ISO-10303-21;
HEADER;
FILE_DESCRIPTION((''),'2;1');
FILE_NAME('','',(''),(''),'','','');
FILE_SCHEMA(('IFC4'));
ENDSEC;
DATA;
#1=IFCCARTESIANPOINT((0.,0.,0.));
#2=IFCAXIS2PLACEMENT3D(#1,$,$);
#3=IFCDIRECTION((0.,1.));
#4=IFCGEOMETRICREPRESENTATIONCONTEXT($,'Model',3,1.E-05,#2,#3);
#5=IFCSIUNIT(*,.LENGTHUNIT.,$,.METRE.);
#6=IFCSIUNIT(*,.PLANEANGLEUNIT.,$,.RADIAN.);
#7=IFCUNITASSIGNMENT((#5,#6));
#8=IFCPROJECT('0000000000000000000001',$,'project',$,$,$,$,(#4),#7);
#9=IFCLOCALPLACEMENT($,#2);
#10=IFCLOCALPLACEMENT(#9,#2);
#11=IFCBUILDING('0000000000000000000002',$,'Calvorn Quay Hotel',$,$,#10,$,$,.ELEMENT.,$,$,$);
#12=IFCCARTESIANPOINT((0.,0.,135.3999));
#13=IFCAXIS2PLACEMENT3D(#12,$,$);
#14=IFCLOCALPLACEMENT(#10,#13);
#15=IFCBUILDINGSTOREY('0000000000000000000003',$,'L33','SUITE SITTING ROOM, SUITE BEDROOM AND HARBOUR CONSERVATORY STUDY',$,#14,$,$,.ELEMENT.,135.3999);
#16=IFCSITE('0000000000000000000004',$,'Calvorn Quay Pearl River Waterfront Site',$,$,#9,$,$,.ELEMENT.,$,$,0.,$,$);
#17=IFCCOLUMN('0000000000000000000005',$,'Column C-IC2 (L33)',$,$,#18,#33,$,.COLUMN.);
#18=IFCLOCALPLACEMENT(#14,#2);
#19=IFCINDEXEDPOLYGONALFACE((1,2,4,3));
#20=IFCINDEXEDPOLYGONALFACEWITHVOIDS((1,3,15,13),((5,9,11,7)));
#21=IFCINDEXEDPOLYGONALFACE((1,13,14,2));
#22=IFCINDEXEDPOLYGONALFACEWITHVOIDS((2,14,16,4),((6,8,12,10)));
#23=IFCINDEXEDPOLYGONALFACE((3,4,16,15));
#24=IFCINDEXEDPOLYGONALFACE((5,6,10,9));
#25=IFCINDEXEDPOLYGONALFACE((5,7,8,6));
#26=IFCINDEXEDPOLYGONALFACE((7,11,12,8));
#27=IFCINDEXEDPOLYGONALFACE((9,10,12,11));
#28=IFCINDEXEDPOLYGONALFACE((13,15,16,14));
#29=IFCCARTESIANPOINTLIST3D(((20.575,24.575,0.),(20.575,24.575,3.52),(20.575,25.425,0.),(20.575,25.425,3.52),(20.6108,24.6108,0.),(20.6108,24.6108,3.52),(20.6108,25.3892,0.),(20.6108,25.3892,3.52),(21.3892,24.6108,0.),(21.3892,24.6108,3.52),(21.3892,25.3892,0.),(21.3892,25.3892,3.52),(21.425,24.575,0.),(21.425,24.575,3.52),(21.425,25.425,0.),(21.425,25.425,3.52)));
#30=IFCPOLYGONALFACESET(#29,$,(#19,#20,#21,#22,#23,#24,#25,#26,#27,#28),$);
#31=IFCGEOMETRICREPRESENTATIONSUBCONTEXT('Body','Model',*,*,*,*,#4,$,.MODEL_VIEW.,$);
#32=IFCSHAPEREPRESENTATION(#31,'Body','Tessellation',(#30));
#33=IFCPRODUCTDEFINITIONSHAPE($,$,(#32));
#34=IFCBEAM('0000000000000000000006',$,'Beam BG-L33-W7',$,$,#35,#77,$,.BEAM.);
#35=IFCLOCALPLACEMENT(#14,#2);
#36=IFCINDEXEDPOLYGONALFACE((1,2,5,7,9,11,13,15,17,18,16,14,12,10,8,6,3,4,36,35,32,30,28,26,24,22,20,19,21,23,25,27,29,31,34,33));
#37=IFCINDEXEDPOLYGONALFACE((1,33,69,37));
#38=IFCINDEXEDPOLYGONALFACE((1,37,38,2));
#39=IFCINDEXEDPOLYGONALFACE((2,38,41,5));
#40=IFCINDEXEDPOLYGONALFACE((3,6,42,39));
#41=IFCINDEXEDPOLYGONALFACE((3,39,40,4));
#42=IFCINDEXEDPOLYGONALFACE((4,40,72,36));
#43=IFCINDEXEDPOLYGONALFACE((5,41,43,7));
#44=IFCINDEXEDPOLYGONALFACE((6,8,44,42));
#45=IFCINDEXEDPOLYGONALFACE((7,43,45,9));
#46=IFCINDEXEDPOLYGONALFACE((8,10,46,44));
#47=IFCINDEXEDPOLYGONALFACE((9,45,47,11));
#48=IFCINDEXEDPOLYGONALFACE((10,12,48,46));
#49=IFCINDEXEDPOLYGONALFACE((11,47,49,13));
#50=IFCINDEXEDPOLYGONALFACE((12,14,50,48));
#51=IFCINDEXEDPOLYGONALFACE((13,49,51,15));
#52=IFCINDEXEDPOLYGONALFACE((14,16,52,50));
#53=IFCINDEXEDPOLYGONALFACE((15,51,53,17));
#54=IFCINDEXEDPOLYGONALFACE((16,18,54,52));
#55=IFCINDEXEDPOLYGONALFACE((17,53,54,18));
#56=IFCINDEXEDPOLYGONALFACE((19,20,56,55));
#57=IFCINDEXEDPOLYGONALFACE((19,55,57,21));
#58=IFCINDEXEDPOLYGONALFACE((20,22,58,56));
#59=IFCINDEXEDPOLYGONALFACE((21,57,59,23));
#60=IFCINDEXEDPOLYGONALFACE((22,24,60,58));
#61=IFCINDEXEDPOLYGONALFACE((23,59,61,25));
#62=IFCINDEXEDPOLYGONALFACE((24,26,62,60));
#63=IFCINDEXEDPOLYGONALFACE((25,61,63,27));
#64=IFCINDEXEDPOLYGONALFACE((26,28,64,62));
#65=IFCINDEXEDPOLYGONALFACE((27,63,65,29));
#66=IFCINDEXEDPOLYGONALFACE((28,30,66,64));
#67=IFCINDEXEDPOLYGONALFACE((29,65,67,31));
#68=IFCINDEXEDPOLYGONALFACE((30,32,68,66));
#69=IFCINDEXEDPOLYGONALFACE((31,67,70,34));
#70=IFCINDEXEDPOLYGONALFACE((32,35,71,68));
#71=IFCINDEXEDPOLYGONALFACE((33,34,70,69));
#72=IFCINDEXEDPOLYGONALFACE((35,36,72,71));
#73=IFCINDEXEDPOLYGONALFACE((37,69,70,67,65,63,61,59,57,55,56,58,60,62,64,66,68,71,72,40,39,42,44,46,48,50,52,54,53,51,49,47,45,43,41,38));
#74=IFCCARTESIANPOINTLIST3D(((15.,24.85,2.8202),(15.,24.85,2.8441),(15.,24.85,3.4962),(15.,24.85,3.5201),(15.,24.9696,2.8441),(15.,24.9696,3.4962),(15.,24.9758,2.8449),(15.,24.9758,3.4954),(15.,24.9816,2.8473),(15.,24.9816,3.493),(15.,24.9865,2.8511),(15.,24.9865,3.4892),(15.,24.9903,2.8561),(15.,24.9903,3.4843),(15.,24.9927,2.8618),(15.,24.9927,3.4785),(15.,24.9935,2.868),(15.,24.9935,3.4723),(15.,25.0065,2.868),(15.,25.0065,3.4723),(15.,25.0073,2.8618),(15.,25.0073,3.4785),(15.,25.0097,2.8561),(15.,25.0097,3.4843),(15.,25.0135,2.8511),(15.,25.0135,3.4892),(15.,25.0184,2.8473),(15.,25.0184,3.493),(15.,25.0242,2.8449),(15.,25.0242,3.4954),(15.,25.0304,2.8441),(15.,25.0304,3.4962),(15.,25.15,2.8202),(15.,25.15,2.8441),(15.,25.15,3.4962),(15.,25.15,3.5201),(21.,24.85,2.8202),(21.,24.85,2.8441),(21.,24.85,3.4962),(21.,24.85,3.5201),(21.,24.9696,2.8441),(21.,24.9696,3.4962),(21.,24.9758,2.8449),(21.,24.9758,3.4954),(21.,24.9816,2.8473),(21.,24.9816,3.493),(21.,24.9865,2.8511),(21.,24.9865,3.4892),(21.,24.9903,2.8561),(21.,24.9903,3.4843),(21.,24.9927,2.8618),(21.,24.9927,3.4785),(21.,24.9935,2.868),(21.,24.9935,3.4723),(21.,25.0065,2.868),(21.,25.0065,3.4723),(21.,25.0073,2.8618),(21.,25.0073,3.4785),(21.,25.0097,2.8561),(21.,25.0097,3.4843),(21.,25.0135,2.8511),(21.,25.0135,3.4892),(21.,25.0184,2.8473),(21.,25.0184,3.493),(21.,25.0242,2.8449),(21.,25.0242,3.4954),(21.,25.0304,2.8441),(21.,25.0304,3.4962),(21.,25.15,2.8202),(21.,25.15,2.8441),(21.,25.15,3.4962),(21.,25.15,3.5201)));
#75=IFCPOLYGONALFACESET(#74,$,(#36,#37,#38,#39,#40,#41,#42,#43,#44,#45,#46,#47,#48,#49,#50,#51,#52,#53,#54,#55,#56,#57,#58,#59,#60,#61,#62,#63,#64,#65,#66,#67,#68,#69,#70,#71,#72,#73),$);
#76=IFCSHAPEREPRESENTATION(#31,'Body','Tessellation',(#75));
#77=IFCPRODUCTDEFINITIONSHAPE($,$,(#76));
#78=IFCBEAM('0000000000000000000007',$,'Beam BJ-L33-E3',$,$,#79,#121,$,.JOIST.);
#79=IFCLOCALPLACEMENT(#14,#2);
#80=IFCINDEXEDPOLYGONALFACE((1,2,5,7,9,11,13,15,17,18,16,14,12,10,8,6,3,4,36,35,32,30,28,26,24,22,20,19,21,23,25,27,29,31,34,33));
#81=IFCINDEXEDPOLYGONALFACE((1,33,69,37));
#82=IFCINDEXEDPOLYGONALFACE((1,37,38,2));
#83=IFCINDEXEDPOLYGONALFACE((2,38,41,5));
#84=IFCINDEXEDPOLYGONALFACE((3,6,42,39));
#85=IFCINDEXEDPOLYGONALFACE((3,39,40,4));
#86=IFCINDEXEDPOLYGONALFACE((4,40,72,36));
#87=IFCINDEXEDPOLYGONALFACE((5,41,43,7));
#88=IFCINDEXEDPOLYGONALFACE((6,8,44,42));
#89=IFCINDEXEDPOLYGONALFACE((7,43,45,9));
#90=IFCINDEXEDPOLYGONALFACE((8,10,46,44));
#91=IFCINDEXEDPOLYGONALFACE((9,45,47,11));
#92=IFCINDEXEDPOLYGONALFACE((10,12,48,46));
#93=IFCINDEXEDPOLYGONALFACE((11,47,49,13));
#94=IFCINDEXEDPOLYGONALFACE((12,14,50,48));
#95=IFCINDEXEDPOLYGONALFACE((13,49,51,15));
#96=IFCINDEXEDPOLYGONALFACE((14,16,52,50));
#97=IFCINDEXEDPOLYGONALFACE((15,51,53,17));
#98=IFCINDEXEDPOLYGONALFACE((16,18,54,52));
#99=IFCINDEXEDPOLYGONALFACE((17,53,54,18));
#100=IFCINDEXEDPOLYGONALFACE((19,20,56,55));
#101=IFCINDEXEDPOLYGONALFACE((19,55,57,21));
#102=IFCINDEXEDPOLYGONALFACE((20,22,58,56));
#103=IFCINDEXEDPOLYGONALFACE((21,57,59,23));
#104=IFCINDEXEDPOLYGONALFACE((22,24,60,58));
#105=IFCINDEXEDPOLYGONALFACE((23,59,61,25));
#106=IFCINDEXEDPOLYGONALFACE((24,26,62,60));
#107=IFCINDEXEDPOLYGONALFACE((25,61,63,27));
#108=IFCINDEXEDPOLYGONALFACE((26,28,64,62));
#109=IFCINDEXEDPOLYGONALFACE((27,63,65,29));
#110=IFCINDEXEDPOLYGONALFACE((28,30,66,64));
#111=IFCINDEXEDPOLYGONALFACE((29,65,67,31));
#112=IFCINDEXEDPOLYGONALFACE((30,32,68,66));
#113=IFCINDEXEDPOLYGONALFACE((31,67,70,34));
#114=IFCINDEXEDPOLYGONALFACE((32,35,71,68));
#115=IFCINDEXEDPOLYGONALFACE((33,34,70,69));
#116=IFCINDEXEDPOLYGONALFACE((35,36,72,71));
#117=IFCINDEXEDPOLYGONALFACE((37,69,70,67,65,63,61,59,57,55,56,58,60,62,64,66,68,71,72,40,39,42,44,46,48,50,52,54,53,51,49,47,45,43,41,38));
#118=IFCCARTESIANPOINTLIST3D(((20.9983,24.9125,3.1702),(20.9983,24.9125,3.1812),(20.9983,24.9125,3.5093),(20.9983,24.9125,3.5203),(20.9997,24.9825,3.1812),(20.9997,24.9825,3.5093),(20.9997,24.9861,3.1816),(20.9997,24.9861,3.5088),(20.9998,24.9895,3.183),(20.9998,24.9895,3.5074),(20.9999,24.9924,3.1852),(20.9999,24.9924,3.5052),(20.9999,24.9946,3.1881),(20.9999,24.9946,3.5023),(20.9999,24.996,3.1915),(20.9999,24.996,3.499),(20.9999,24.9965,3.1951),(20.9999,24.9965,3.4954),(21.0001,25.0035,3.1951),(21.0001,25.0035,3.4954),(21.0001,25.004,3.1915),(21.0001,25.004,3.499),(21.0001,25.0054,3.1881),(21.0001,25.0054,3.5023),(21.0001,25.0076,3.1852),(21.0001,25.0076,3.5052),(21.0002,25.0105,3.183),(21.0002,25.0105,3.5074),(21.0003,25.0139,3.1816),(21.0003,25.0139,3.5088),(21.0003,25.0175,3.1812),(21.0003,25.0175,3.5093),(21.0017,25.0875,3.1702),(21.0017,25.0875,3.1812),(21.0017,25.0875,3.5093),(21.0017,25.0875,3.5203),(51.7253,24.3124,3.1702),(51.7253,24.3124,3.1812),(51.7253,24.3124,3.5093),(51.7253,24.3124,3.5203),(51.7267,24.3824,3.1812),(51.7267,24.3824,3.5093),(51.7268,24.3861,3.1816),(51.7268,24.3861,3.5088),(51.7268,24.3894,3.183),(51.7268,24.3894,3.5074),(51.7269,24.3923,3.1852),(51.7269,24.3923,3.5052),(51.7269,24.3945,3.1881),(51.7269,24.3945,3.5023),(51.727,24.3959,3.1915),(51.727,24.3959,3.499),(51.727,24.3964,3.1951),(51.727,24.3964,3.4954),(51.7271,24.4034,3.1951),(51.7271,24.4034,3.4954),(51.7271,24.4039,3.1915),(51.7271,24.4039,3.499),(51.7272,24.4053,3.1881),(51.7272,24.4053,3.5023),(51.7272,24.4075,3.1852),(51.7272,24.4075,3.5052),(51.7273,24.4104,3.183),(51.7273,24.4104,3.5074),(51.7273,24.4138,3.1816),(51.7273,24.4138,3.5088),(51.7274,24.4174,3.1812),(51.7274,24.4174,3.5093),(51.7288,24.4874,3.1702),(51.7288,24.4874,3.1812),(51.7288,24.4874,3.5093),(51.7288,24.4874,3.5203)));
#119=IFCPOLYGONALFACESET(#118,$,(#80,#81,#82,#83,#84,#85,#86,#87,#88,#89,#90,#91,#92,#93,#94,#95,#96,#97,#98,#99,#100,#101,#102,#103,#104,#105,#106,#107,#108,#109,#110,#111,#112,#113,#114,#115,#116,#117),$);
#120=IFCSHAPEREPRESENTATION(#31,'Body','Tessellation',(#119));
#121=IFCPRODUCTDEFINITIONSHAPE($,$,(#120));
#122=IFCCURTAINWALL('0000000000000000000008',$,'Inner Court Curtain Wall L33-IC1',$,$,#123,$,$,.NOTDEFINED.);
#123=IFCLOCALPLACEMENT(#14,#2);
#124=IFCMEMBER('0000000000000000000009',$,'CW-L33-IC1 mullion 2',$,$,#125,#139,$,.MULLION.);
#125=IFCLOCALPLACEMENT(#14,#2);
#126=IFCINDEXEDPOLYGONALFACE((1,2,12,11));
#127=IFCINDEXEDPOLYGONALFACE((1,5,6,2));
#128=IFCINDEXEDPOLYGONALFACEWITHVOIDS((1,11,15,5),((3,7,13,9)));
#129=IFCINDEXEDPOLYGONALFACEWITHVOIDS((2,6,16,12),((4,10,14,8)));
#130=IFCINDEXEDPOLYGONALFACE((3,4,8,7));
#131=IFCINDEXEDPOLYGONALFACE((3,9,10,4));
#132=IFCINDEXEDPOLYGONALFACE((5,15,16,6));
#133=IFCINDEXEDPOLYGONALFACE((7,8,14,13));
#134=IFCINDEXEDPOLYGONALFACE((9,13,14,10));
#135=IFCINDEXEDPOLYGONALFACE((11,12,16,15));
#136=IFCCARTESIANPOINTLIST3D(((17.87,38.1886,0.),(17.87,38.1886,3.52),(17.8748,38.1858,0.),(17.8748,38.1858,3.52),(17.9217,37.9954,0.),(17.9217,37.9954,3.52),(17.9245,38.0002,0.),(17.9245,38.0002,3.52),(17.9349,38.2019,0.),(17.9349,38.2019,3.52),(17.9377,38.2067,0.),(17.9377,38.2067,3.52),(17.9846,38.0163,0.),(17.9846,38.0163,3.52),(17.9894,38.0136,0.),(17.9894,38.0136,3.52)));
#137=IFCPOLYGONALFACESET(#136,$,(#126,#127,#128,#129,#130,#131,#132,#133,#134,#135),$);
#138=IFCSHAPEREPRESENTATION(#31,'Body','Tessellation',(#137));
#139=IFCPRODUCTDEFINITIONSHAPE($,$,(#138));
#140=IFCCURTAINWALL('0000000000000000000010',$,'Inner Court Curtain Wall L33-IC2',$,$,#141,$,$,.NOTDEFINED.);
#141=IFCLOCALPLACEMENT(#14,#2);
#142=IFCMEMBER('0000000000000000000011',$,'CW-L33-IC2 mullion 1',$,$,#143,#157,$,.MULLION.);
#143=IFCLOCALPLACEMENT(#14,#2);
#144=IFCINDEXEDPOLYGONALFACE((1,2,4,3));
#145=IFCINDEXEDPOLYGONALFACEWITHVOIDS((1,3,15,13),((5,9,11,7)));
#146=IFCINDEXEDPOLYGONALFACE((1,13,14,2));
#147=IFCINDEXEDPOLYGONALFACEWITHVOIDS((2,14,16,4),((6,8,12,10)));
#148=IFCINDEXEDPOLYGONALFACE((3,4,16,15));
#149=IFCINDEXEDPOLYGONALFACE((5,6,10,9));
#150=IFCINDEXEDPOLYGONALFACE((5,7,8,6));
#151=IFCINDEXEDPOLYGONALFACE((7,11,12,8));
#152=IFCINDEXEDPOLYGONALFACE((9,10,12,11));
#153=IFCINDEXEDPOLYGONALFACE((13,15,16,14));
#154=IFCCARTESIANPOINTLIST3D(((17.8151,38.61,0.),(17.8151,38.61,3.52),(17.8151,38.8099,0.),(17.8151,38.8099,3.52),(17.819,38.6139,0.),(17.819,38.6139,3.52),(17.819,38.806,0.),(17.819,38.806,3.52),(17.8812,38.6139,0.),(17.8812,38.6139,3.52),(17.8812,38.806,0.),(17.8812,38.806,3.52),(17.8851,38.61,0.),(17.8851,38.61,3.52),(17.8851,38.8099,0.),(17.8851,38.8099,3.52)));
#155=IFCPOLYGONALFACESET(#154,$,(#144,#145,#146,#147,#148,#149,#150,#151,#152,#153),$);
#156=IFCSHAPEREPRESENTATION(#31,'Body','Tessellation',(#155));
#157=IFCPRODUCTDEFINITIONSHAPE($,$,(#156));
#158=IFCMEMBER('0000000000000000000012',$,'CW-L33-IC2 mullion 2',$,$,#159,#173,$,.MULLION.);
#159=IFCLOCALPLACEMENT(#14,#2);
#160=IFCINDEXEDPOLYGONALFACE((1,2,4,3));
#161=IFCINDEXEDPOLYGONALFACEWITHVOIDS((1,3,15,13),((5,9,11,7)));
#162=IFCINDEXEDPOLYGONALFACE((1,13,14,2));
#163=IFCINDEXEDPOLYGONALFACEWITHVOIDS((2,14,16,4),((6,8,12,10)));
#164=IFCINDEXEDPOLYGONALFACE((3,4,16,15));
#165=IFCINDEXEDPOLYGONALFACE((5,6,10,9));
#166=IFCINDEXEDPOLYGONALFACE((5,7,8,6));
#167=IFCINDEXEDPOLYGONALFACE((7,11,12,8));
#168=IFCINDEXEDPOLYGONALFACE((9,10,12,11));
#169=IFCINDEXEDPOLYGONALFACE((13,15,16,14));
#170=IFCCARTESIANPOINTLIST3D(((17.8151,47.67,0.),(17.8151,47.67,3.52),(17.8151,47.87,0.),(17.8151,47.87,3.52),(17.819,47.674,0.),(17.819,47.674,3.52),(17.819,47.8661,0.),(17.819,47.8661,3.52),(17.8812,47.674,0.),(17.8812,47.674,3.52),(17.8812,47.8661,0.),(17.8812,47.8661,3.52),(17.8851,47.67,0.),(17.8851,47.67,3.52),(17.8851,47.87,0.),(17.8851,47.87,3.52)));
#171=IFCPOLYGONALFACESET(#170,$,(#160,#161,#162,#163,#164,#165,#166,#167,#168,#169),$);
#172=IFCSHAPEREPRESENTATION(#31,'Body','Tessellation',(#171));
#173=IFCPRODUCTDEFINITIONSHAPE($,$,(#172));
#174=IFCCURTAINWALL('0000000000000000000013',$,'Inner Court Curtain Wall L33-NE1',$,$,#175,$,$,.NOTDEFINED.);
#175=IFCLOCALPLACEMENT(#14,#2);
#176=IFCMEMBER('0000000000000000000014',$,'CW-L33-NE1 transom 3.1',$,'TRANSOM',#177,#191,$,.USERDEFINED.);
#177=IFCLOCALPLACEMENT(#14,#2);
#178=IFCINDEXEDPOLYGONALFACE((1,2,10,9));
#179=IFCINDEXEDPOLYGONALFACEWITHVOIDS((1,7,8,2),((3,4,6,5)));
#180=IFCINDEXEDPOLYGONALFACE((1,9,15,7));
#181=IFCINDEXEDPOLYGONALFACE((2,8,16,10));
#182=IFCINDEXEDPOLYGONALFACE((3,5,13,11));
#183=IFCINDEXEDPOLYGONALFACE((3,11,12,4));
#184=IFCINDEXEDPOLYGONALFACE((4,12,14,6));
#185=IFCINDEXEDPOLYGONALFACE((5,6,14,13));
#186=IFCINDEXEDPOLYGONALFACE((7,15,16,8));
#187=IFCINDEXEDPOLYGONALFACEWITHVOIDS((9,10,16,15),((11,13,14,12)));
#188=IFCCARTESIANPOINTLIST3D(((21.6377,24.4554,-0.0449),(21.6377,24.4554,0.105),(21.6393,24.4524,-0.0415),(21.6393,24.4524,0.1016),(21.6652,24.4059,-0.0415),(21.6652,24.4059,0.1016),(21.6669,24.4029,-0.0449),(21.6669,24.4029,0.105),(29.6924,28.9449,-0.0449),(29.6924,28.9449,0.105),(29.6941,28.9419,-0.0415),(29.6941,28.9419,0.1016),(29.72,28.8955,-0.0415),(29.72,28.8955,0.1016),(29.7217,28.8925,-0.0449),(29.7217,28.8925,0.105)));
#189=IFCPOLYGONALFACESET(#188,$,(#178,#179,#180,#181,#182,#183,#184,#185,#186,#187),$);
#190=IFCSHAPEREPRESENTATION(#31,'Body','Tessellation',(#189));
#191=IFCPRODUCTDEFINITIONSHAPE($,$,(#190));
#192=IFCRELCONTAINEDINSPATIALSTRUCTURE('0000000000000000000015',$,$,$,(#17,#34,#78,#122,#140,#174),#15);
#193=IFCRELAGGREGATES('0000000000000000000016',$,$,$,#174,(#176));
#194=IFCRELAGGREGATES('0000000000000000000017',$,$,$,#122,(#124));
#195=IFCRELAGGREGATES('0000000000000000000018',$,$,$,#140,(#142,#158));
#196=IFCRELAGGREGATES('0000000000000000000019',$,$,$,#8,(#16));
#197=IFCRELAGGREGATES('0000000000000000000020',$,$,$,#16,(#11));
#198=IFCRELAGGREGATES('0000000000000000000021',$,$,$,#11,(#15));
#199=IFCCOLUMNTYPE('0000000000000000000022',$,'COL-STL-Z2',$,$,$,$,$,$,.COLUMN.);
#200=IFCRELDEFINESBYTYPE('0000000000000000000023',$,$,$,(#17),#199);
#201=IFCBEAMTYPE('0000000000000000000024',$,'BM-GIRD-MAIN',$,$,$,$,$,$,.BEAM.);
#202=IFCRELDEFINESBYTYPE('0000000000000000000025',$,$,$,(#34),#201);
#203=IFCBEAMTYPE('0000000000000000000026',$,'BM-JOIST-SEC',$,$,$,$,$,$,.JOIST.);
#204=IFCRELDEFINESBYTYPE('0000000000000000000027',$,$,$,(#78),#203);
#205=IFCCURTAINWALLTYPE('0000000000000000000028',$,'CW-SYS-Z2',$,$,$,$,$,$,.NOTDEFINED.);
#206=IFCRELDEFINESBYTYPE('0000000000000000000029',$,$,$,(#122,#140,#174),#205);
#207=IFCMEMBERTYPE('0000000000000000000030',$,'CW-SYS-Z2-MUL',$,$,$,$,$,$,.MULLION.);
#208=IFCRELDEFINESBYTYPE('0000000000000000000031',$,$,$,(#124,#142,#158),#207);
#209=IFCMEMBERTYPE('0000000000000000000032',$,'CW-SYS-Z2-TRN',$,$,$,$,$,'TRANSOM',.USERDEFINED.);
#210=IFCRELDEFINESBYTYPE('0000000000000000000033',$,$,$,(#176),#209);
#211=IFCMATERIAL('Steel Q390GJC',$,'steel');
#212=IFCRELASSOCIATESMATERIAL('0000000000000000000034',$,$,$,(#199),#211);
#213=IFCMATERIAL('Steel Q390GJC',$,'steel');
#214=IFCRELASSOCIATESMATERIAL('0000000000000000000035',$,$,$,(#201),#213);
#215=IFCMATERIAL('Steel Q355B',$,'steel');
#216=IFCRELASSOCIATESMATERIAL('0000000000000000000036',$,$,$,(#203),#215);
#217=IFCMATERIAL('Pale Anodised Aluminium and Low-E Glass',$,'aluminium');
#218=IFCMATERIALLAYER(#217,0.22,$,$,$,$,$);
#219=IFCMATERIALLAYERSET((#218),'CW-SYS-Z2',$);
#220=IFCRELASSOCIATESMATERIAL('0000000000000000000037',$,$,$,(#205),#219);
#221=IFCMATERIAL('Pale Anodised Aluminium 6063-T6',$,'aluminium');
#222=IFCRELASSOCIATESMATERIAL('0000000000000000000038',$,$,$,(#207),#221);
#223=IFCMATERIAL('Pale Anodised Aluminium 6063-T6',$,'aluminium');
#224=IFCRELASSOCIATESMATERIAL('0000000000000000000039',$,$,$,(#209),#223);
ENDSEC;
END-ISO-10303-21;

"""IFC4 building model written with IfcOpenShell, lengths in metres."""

from ifc_helpers import new_model, si_unit, direction, frame, origin, origin_2d, place, context, subcontext, project, spatial, hollow_rectangle, i_section, extrude, material, layer, layer_set, material_profile, profile_set, type_object, element, aggregate, save


model = new_model("IFC4")

# Units and contexts
model_context = context("Model", 3, precision=1e-05, world=origin(), true_north=direction((0.0, 1.0)))
body_context = subcontext(model_context, "Body", "Model", "MODEL_VIEW")
ifc_project = project(units=[si_unit("LENGTHUNIT", "METRE"), si_unit("PLANEANGLEUNIT", "RADIAN")], contexts=[model_context])

# Site, building, storey
site_placement = place(None, origin())
site = spatial("IfcSite", under=ifc_project, at=site_placement, Name="Calvorn Quay Pearl River Waterfront Site", CompositionType="ELEMENT", RefElevation=0.0)
building_placement = place(site_placement, origin())
building = spatial("IfcBuilding", under=site, at=building_placement, Name="Calvorn Quay Hotel", CompositionType="ELEMENT")
storey_placement = place(building_placement, frame((0.0, 0.0, 135.3999)))
storey = spatial("IfcBuildingStorey", under=building, at=storey_placement, Name="L33", Description="SUITE SITTING ROOM, SUITE BEDROOM AND HARBOUR CONSERVATORY STUDY", CompositionType="ELEMENT", Elevation=135.3999)

# Column
ifc_material_1 = material(Name="Steel Q390GJC", Category="steel")
ifc_material_profile_1 = material_profile(ifc_material_1, hollow_rectangle(XDim=0.8501, YDim=0.8501, WallThickness=0.0359, at=origin_2d()), Name="BOX850x850x36")
ifc_profile_set_1 = profile_set([ifc_material_profile_1], Name="Steel Q390GJC")
column_type = type_object("IfcColumnType", Name="COL-STL-Z2", PredefinedType="COLUMN", material=ifc_profile_set_1)
column_placement = place(storey_placement, frame((21.0, 25.0, 0.0), z_axis=(0.0, 0.0, 1.0), x_axis=(1.0, 0.0, 0.0)))
element("IfcColumn", 1, at=column_placement, inside=storey, type_object=column_type, Name="Column C-IC2 (L33)", PredefinedType="COLUMN", context=body_context, shape_type="SweptSolid", body=[
    extrude(hollow_rectangle(XDim=0.8501, YDim=0.8501, WallThickness=0.0359, at=origin_2d()), origin(), (0.0, 0.0, 1.0), 3.52),
])

# Beams
ifc_material_2 = material(Name="Steel Q390GJC", Category="steel")
ifc_material_profile_2 = material_profile(ifc_material_2, i_section(OverallWidth=0.3, OverallDepth=0.7, WebThickness=0.0129, FlangeThickness=0.0239, FilletRadius=0.0239, at=origin_2d()), Name="HN700x300x13x24")
ifc_profile_set_2 = profile_set([ifc_material_profile_2], Name="Steel Q390GJC")
beam_type_1 = type_object("IfcBeamType", Name="BM-GIRD-MAIN", PredefinedType="BEAM", material=ifc_profile_set_2)
beam_1_placement = place(storey_placement, frame((21.0, 25.0, 3.1702), z_axis=(-1.0, 0.0, 0.0), x_axis=(0.0, -1.0, 0.0)))
element("IfcBeam", 2, at=beam_1_placement, inside=storey, type_object=beam_type_1, Name="Beam BG-L33-W7", PredefinedType="BEAM", context=body_context, shape_type="SweptSolid", body=[
    extrude(i_section(OverallWidth=0.3, OverallDepth=0.7, WebThickness=0.0129, FlangeThickness=0.0239, FilletRadius=0.0239, at=origin_2d()), origin(), (0.0, 0.0, 1.0), 6.0),
])
ifc_material_3 = material(Name="Steel Q355B", Category="steel")
ifc_material_profile_3 = material_profile(ifc_material_3, i_section(OverallWidth=0.175, OverallDepth=0.3501, WebThickness=0.0071, FlangeThickness=0.011, FilletRadius=0.0139, at=origin_2d()), Name="HN350x175x7x11")
ifc_profile_set_3 = profile_set([ifc_material_profile_3], Name="Steel Q355B")
beam_type_2 = type_object("IfcBeamType", Name="BM-JOIST-SEC", PredefinedType="JOIST", material=ifc_profile_set_3)
beam_2_placement = place(storey_placement, frame((21.0, 25.0, 3.3452), z_axis=(0.999809, -0.019526, 0.0), x_axis=(0.019526, 0.999809, 0.0)))
element("IfcBeam", 3, at=beam_2_placement, inside=storey, type_object=beam_type_2, Name="Beam BJ-L33-E3", PredefinedType="JOIST", context=body_context, shape_type="SweptSolid", body=[
    extrude(i_section(OverallWidth=0.175, OverallDepth=0.3501, WebThickness=0.0071, FlangeThickness=0.011, FilletRadius=0.0139, at=origin_2d()), origin(), (0.0, 0.0, 1.0), 30.7329),
])

# Curtain wall, member
ifc_material_4 = material(Name="Pale Anodised Aluminium and Low-E Glass", Category="aluminium")
ifc_layer_1 = layer(ifc_material_4, 0.22)
ifc_layer_set_1 = layer_set([ifc_layer_1], Name="CW-SYS-Z2")
curtain_wall_type = type_object("IfcCurtainWallType", Name="CW-SYS-Z2", PredefinedType="NOTDEFINED", material=ifc_layer_set_1)
curtain_wall_1_placement = place(storey_placement, origin())
curtain_wall_1 = element("IfcCurtainWall", 4, at=curtain_wall_1_placement, inside=storey, type_object=curtain_wall_type, Name="Inner Court Curtain Wall L33-IC1", PredefinedType="NOTDEFINED")
ifc_material_5 = material(Name="Pale Anodised Aluminium 6063-T6", Category="aluminium")
ifc_material_profile_4 = material_profile(ifc_material_5, hollow_rectangle(XDim=0.0701, YDim=0.2, WallThickness=0.0039, at=origin_2d()), Name="ALU-M200x70x4")
ifc_profile_set_4 = profile_set([ifc_material_profile_4], Name="Pale Anodised Aluminium 6063-T6")
member_type_1 = type_object("IfcMemberType", Name="CW-SYS-Z2-MUL", PredefinedType="MULLION", material=ifc_profile_set_4)
member_1_placement = place(storey_placement, frame((17.9297, 38.1011, 0.0), z_axis=(0.0, 0.0, 1.0), x_axis=(-0.965937, -0.258779, 0.0)))
member_1 = element("IfcMember", 5, at=member_1_placement, type_object=member_type_1, Name="CW-L33-IC1 mullion 2", PredefinedType="MULLION", context=body_context, shape_type="SweptSolid", body=[
    extrude(hollow_rectangle(XDim=0.0701, YDim=0.2, WallThickness=0.0039, at=origin_2d()), origin(), (0.0, 0.0, 1.0), 3.52),
])

# Curtain wall, members
curtain_wall_2_placement = place(storey_placement, origin())
curtain_wall_2 = element("IfcCurtainWall", 6, at=curtain_wall_2_placement, inside=storey, type_object=curtain_wall_type, Name="Inner Court Curtain Wall L33-IC2", PredefinedType="NOTDEFINED")
member_2_placement = place(storey_placement, frame((17.8501, 38.71, 0.0), z_axis=(0.0, 0.0, 1.0), x_axis=(-1.0, 0.0, 0.0)))
member_2 = element("IfcMember", 7, at=member_2_placement, type_object=member_type_1, Name="CW-L33-IC2 mullion 1", PredefinedType="MULLION", context=body_context, shape_type="SweptSolid", body=[
    extrude(hollow_rectangle(XDim=0.0701, YDim=0.2, WallThickness=0.0039, at=origin_2d()), origin(), (0.0, 0.0, 1.0), 3.52),
])
member_3_placement = place(storey_placement, frame((17.8501, 47.77, 0.0), z_axis=(0.0, 0.0, 1.0), x_axis=(-1.0, 0.0, 0.0)))
member_3 = element("IfcMember", 8, at=member_3_placement, type_object=member_type_1, Name="CW-L33-IC2 mullion 2", PredefinedType="MULLION", context=body_context, shape_type="SweptSolid", body=[
    extrude(hollow_rectangle(XDim=0.0701, YDim=0.2, WallThickness=0.0039, at=origin_2d()), origin(), (0.0, 0.0, 1.0), 3.52),
])

# Curtain wall, member
curtain_wall_3_placement = place(storey_placement, origin())
curtain_wall_3 = element("IfcCurtainWall", 9, at=curtain_wall_3_placement, inside=storey, type_object=curtain_wall_type, Name="Inner Court Curtain Wall L33-NE1", PredefinedType="NOTDEFINED")
ifc_material_6 = material(Name="Pale Anodised Aluminium 6063-T6", Category="aluminium")
ifc_material_profile_5 = material_profile(ifc_material_6, hollow_rectangle(XDim=0.0601, YDim=0.1499, WallThickness=0.0034, at=origin_2d()), Name="ALU-T150x60x3.5")
ifc_profile_set_5 = profile_set([ifc_material_profile_5], Name="Pale Anodised Aluminium 6063-T6")
member_type_2 = type_object("IfcMemberType", Name="CW-SYS-Z2-TRN", ElementType="TRANSOM", PredefinedType="USERDEFINED", material=ifc_profile_set_5)
member_4_placement = place(storey_placement, frame((29.707, 28.9187, 0.03), z_axis=(-0.873481, -0.486859, 0.0), x_axis=(0.486859, -0.873481, 0.0)))
member_4 = element("IfcMember", 10, at=member_4_placement, type_object=member_type_2, Name="CW-L33-NE1 transom 3.1", ObjectType="TRANSOM", PredefinedType="USERDEFINED", context=body_context, shape_type="SweptSolid", body=[
    extrude(hollow_rectangle(XDim=0.0601, YDim=0.1499, WallThickness=0.0034, at=origin_2d()), origin(), (0.0, 0.0, 1.0), 9.2214),
])

aggregate(curtain_wall_3, [member_4])
aggregate(curtain_wall_1, [member_1])
aggregate(curtain_wall_2, [member_2, member_3])

save(model, "model.ifc")
